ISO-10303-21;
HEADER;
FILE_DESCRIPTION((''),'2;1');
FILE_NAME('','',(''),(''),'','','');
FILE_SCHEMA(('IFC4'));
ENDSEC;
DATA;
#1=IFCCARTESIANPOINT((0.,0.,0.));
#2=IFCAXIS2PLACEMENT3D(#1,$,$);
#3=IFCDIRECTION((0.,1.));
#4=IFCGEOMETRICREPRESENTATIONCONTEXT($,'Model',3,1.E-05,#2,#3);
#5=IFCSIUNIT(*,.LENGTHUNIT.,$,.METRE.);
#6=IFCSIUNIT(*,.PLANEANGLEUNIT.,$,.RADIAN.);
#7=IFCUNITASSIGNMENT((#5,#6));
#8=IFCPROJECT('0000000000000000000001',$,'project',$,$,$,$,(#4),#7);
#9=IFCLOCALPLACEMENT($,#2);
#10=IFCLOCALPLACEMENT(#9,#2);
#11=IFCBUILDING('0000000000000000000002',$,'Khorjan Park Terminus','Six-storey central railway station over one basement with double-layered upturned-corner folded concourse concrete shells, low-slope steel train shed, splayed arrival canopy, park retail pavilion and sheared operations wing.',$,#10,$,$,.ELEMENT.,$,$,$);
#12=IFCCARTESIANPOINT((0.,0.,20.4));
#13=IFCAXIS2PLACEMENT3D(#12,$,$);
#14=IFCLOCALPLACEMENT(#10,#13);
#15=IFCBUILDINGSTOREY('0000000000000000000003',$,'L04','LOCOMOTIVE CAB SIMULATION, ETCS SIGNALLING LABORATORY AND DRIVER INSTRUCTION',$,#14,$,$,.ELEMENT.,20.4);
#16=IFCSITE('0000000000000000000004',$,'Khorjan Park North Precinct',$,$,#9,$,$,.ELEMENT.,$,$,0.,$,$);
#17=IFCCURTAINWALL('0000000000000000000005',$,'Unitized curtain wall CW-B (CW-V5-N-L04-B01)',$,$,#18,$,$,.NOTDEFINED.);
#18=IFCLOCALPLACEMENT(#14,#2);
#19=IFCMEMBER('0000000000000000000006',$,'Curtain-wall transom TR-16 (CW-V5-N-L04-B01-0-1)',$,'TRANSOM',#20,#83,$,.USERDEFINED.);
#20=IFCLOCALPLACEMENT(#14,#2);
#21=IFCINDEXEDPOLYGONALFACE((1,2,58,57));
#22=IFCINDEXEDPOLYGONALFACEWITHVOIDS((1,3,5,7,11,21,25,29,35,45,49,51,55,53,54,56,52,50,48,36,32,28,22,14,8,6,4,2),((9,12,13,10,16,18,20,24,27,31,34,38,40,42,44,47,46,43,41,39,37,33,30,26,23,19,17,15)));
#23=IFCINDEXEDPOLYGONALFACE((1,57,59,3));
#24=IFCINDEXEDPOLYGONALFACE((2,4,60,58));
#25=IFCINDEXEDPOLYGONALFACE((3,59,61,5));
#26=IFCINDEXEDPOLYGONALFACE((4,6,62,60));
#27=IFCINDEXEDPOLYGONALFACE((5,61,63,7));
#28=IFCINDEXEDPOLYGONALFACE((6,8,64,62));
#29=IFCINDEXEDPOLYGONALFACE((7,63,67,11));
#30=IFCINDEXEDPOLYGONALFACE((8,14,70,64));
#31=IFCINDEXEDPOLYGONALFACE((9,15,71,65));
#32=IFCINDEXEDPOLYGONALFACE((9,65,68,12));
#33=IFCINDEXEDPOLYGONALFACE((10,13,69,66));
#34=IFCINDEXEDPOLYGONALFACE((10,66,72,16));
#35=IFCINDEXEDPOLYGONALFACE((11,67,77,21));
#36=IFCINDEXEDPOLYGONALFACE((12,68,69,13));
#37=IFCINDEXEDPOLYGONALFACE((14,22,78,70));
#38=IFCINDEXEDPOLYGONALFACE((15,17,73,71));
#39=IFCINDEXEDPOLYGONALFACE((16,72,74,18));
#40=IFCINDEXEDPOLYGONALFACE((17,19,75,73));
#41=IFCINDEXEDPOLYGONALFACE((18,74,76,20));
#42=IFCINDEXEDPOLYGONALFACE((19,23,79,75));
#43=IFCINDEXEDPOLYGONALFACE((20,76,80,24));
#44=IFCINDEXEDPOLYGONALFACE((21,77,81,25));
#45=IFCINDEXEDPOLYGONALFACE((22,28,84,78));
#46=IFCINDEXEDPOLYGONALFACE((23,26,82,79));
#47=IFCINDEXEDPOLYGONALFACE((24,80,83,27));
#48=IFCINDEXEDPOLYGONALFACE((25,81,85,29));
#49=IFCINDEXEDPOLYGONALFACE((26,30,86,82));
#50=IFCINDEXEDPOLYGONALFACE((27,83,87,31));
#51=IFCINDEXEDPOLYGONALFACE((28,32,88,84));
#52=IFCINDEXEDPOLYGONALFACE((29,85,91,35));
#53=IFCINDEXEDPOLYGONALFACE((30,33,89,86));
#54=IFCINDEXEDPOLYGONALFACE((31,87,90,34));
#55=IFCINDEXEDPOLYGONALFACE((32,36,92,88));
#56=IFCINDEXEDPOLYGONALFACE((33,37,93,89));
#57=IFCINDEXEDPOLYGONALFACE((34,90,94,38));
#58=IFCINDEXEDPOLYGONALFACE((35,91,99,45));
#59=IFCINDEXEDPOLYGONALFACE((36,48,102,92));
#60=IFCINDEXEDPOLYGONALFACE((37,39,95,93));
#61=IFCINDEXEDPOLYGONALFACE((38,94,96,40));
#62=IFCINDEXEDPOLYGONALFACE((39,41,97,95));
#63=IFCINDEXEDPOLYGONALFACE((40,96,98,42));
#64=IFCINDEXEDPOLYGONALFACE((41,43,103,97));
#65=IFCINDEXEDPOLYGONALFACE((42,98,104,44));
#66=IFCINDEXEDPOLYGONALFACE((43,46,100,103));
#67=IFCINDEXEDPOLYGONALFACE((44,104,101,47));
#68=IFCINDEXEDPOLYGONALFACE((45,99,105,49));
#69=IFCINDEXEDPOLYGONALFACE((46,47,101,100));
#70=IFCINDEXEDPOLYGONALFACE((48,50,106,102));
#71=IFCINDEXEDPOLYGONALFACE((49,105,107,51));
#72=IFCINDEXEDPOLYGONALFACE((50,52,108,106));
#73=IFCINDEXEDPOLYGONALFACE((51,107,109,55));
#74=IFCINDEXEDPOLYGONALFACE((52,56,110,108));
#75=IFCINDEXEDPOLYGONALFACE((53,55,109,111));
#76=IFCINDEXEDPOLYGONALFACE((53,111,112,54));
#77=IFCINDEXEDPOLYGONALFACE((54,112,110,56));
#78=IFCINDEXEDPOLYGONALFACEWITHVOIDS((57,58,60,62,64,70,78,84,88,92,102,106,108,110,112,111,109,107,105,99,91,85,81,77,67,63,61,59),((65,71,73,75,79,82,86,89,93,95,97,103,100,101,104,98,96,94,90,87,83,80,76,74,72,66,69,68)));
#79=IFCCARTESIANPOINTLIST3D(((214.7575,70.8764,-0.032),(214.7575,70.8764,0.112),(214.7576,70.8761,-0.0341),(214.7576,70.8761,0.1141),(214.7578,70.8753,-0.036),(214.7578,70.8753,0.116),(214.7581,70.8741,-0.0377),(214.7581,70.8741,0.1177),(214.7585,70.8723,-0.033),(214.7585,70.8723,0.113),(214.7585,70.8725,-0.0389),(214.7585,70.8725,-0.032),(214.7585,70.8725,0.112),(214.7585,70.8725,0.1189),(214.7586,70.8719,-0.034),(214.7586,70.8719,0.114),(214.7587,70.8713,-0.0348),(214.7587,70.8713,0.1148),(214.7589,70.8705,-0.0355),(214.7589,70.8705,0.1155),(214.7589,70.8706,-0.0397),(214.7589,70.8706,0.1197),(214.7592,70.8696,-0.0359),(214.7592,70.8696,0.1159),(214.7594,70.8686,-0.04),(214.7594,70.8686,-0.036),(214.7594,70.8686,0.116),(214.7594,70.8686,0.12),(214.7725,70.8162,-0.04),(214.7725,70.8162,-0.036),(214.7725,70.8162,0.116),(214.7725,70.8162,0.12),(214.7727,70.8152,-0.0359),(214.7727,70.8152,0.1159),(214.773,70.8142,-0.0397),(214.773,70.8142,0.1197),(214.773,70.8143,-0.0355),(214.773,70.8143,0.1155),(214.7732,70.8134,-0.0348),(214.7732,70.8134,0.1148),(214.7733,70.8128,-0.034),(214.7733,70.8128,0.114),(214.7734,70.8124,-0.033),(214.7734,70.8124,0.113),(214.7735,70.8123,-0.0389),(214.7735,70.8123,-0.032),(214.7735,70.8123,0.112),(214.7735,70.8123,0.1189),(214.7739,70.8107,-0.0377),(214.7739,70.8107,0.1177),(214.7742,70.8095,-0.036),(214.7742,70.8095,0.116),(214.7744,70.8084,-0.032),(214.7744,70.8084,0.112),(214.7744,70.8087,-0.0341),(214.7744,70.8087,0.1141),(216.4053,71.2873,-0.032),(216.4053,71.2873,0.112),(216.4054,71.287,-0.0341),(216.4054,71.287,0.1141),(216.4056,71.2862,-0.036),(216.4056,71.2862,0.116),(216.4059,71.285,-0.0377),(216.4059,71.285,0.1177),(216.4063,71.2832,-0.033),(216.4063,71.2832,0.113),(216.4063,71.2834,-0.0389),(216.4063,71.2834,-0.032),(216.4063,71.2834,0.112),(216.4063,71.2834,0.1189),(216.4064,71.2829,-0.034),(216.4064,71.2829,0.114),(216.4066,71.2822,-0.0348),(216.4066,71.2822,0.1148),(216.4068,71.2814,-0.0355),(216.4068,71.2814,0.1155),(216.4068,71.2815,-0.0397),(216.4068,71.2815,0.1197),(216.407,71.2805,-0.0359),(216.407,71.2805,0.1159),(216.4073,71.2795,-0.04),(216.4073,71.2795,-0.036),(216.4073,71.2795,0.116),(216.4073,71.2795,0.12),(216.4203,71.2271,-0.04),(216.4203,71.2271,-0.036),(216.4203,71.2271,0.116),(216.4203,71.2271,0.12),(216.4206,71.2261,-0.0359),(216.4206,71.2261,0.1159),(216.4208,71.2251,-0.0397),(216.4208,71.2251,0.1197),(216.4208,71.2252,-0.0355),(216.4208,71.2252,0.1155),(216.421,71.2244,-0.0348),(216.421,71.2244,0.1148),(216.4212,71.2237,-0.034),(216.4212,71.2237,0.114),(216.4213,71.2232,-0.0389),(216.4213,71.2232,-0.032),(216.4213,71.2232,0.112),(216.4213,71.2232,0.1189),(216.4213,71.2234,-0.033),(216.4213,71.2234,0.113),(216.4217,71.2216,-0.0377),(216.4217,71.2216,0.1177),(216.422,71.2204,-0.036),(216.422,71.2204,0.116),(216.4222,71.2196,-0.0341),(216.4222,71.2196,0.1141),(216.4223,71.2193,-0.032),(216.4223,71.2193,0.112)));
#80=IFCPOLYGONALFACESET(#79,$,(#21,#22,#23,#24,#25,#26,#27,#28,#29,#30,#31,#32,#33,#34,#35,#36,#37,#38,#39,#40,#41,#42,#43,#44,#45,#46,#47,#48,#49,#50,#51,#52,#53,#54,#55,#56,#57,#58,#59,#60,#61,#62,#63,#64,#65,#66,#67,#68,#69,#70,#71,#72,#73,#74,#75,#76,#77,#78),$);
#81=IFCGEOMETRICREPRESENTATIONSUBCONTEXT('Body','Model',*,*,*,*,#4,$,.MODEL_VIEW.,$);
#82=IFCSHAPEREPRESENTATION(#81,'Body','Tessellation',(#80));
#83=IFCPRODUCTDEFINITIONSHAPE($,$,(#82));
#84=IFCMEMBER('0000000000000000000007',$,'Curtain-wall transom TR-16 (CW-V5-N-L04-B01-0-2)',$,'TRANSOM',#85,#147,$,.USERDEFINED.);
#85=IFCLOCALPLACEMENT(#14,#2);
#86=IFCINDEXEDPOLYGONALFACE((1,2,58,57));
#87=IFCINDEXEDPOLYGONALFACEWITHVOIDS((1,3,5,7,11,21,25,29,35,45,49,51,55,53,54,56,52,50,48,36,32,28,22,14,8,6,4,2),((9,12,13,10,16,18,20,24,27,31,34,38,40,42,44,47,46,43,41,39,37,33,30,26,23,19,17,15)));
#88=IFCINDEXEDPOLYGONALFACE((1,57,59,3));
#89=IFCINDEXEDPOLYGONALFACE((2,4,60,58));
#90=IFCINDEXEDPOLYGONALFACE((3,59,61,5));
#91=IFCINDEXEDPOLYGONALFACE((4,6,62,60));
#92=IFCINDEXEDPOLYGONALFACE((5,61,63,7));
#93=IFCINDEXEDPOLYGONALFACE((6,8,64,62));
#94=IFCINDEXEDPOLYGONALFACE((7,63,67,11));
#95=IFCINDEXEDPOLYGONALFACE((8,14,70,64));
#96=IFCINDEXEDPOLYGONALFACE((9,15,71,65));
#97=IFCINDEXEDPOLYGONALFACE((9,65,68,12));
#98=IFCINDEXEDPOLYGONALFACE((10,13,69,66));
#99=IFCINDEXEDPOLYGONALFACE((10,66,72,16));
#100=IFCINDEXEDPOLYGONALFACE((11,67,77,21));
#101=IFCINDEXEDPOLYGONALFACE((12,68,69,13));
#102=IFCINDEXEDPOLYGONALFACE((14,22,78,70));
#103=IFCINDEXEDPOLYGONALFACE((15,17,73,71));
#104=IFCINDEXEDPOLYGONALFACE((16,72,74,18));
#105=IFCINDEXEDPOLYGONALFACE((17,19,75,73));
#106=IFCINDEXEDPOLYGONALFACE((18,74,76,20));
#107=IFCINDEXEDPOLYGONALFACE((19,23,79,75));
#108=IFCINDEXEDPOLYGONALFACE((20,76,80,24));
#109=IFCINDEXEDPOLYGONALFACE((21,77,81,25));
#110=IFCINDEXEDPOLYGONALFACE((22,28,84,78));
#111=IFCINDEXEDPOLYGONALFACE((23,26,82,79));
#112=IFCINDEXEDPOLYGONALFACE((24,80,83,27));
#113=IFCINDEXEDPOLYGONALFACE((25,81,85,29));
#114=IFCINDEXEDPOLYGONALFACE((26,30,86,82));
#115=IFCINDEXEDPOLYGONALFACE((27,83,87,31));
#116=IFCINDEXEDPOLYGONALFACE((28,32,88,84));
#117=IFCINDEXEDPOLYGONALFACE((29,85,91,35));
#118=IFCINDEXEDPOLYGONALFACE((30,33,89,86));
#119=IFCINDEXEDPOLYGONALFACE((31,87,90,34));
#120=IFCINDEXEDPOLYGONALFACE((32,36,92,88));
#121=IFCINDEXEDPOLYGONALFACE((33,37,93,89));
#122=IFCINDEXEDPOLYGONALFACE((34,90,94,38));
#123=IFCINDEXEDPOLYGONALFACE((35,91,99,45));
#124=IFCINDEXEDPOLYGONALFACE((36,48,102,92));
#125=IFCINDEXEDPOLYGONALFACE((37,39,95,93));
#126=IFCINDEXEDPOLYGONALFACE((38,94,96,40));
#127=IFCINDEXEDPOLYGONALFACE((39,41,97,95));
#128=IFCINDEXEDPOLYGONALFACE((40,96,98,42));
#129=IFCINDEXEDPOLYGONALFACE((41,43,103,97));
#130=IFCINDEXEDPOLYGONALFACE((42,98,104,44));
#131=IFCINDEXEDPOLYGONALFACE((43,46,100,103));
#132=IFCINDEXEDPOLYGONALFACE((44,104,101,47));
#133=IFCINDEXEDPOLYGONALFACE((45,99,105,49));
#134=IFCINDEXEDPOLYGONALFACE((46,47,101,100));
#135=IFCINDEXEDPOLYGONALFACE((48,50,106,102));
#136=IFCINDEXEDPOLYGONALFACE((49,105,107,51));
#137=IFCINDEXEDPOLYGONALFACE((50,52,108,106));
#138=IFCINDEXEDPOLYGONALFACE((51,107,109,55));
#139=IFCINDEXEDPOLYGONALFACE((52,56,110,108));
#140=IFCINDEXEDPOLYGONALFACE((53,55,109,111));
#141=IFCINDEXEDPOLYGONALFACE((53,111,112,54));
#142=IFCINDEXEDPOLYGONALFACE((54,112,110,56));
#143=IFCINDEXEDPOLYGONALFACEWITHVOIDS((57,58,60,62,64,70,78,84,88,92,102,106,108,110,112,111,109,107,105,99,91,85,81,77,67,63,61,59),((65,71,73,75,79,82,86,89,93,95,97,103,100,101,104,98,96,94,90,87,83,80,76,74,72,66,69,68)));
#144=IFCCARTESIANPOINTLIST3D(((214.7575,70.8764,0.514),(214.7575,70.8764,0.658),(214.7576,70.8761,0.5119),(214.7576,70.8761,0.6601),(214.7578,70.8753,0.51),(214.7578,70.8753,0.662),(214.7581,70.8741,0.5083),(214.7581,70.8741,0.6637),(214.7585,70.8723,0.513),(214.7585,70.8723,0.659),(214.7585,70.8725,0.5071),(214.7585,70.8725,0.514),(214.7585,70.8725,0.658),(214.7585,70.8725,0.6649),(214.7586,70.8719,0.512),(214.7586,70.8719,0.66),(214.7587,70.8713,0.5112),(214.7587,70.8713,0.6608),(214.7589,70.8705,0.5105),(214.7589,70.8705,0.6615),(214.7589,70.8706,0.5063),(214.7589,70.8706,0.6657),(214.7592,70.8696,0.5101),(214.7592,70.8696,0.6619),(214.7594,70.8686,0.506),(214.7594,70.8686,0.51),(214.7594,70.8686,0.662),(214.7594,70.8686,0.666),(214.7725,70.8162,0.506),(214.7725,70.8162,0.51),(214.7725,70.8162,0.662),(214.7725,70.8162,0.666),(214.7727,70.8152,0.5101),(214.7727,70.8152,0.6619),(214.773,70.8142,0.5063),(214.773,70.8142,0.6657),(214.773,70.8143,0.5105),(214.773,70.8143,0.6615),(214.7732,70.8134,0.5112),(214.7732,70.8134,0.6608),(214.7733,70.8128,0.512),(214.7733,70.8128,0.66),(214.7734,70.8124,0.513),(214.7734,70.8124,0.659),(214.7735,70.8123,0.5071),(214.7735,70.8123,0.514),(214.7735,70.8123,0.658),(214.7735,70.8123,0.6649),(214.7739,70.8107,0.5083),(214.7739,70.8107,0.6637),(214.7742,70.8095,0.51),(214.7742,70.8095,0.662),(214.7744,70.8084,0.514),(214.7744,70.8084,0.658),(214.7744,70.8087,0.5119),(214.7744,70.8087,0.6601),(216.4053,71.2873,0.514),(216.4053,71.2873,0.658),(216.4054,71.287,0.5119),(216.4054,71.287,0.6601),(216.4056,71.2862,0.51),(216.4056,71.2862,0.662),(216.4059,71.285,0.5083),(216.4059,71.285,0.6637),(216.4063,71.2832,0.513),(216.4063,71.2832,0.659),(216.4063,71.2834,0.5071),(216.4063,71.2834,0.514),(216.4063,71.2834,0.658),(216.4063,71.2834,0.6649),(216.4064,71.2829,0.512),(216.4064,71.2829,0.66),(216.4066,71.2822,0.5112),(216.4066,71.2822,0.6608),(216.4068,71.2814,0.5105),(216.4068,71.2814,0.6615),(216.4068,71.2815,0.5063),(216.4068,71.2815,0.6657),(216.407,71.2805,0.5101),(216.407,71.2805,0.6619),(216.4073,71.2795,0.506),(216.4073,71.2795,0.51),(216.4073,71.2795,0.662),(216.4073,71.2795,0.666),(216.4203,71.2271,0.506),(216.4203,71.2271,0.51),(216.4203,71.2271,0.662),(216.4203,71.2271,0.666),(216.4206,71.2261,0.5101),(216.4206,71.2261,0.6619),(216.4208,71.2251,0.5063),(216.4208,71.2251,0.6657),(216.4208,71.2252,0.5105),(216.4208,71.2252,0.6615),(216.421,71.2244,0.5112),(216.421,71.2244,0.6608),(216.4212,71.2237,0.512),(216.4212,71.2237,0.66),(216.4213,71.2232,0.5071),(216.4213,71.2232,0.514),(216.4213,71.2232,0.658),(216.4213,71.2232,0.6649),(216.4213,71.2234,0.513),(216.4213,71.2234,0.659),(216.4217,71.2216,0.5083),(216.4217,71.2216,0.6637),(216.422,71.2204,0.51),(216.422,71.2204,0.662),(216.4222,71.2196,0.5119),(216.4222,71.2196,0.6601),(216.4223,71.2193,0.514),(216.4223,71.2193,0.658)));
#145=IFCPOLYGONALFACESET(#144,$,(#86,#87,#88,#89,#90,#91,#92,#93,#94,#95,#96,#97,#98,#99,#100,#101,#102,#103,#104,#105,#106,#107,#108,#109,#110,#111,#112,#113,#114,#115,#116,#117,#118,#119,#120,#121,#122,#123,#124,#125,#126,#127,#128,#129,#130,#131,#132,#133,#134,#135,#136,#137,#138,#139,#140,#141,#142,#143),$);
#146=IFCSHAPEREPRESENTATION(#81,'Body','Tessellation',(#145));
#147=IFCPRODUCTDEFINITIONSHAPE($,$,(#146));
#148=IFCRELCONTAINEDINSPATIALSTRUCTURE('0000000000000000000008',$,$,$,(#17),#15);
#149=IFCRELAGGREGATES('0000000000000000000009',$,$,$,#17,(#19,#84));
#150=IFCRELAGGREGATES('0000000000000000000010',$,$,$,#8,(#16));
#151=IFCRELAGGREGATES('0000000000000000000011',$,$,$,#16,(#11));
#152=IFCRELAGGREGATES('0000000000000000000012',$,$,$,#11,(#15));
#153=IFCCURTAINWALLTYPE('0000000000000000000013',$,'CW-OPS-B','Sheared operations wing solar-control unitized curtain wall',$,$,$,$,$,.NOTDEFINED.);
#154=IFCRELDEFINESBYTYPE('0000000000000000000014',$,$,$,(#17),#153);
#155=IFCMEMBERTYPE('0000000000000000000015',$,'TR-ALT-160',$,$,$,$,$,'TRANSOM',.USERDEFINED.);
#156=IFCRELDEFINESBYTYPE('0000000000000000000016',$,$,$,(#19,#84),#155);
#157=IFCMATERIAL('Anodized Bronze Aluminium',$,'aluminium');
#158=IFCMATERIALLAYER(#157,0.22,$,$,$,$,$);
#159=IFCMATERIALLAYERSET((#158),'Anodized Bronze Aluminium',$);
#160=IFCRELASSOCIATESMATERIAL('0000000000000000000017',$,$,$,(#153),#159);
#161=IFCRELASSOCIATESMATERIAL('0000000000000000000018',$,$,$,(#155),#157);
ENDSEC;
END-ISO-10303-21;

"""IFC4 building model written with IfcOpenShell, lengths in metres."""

from ifc_helpers import new_model, si_unit, direction, frame, origin, origin_2d, place, context, subcontext, project, spatial, hollow_rectangle, extrude, material, layer, layer_set, material_profile, profile_set, type_object, element, aggregate, save


model = new_model("IFC4")

# Units and contexts
model_context = context("Model", 3, precision=1e-05, world=origin(), true_north=direction((0.0, 1.0)))
body_context = subcontext(model_context, "Body", "Model", "MODEL_VIEW")
ifc_project = project(units=[si_unit("LENGTHUNIT", "METRE"), si_unit("PLANEANGLEUNIT", "RADIAN")], contexts=[model_context])

# Site, building, storey
site_placement = place(None, origin())
site = spatial("IfcSite", under=ifc_project, at=site_placement, Name="Khorjan Park North Precinct", CompositionType="ELEMENT", RefElevation=0.0)
building_placement = place(site_placement, origin())
building = spatial("IfcBuilding", under=site, at=building_placement, Name="Khorjan Park Terminus", Description="Six-storey central railway station over one basement with double-layered upturned-corner folded concourse concrete shells, low-slope steel train shed, splayed arrival canopy, park retail pavilion and sheared operations wing.", CompositionType="ELEMENT")
storey_placement = place(building_placement, frame((0.0, 0.0, 20.4)))
storey = spatial("IfcBuildingStorey", under=building, at=storey_placement, Name="L04", Description="LOCOMOTIVE CAB SIMULATION, ETCS SIGNALLING LABORATORY AND DRIVER INSTRUCTION", CompositionType="ELEMENT", Elevation=20.4)

# Shared definitions
ifc_material_1 = material(Name="Anodized Bronze Aluminium", Category="aluminium")
ifc_layer_1 = layer(ifc_material_1, 0.22)
ifc_layer_set_1 = layer_set([ifc_layer_1], Name="Anodized Bronze Aluminium")
curtain_wall_type = type_object("IfcCurtainWallType", Name="CW-OPS-B", Description="Sheared operations wing solar-control unitized curtain wall", PredefinedType="NOTDEFINED", material=ifc_layer_set_1)

# Curtain wall, members
curtain_wall_1_placement = place(storey_placement, origin())
curtain_wall_1 = element("IfcCurtainWall", 1, at=curtain_wall_1_placement, inside=storey, type_object=curtain_wall_type, Name="Unitized curtain wall CW-B (CW-V5-N-L04-B01)", PredefinedType="NOTDEFINED")
ifc_material_profile_1 = material_profile(ifc_material_1, hollow_rectangle(XDim=0.07, YDim=0.16, WallThickness=0.004, InnerFilletRadius=0.004, OuterFilletRadius=0.008, at=origin_2d()), Name="ALT 70x160x4")
ifc_profile_set_1 = profile_set([ifc_material_profile_1], Name="Anodized Bronze Aluminium")
member_type_1 = type_object("IfcMemberType", Name="TR-ALT-160", ElementType="TRANSOM", PredefinedType="USERDEFINED", material=ifc_profile_set_1)
member_1_placement = place(storey_placement, frame((216.4138, 71.2533, 0.04), z_axis=(-0.970288, -0.241954, 0.0), x_axis=(0.241954, -0.970288, 0.0)))
member_1 = element("IfcMember", 2, at=member_1_placement, type_object=member_type_1, Name="Curtain-wall transom TR-16 (CW-V5-N-L04-B01-0-1)", ObjectType="TRANSOM", PredefinedType="USERDEFINED", context=body_context, shape_type="SweptSolid", body=[
    extrude(hollow_rectangle(XDim=0.07, YDim=0.16, WallThickness=0.004, InnerFilletRadius=0.004, OuterFilletRadius=0.008, at=origin_2d()), origin(), (0.0, 0.0, 1.0), 1.6983),
])
member_2_placement = place(storey_placement, frame((216.4138, 71.2533, 0.586), z_axis=(-0.970288, -0.241954, 0.0), x_axis=(0.241954, -0.970288, 0.0)))
member_2 = element("IfcMember", 3, at=member_2_placement, type_object=member_type_1, Name="Curtain-wall transom TR-16 (CW-V5-N-L04-B01-0-2)", ObjectType="TRANSOM", PredefinedType="USERDEFINED", context=body_context, shape_type="SweptSolid", body=[
    extrude(hollow_rectangle(XDim=0.07, YDim=0.16, WallThickness=0.004, InnerFilletRadius=0.004, OuterFilletRadius=0.008, at=origin_2d()), origin(), (0.0, 0.0, 1.0), 1.6983),
])

aggregate(curtain_wall_1, [member_1, member_2])

save(model, "model.ifc")
